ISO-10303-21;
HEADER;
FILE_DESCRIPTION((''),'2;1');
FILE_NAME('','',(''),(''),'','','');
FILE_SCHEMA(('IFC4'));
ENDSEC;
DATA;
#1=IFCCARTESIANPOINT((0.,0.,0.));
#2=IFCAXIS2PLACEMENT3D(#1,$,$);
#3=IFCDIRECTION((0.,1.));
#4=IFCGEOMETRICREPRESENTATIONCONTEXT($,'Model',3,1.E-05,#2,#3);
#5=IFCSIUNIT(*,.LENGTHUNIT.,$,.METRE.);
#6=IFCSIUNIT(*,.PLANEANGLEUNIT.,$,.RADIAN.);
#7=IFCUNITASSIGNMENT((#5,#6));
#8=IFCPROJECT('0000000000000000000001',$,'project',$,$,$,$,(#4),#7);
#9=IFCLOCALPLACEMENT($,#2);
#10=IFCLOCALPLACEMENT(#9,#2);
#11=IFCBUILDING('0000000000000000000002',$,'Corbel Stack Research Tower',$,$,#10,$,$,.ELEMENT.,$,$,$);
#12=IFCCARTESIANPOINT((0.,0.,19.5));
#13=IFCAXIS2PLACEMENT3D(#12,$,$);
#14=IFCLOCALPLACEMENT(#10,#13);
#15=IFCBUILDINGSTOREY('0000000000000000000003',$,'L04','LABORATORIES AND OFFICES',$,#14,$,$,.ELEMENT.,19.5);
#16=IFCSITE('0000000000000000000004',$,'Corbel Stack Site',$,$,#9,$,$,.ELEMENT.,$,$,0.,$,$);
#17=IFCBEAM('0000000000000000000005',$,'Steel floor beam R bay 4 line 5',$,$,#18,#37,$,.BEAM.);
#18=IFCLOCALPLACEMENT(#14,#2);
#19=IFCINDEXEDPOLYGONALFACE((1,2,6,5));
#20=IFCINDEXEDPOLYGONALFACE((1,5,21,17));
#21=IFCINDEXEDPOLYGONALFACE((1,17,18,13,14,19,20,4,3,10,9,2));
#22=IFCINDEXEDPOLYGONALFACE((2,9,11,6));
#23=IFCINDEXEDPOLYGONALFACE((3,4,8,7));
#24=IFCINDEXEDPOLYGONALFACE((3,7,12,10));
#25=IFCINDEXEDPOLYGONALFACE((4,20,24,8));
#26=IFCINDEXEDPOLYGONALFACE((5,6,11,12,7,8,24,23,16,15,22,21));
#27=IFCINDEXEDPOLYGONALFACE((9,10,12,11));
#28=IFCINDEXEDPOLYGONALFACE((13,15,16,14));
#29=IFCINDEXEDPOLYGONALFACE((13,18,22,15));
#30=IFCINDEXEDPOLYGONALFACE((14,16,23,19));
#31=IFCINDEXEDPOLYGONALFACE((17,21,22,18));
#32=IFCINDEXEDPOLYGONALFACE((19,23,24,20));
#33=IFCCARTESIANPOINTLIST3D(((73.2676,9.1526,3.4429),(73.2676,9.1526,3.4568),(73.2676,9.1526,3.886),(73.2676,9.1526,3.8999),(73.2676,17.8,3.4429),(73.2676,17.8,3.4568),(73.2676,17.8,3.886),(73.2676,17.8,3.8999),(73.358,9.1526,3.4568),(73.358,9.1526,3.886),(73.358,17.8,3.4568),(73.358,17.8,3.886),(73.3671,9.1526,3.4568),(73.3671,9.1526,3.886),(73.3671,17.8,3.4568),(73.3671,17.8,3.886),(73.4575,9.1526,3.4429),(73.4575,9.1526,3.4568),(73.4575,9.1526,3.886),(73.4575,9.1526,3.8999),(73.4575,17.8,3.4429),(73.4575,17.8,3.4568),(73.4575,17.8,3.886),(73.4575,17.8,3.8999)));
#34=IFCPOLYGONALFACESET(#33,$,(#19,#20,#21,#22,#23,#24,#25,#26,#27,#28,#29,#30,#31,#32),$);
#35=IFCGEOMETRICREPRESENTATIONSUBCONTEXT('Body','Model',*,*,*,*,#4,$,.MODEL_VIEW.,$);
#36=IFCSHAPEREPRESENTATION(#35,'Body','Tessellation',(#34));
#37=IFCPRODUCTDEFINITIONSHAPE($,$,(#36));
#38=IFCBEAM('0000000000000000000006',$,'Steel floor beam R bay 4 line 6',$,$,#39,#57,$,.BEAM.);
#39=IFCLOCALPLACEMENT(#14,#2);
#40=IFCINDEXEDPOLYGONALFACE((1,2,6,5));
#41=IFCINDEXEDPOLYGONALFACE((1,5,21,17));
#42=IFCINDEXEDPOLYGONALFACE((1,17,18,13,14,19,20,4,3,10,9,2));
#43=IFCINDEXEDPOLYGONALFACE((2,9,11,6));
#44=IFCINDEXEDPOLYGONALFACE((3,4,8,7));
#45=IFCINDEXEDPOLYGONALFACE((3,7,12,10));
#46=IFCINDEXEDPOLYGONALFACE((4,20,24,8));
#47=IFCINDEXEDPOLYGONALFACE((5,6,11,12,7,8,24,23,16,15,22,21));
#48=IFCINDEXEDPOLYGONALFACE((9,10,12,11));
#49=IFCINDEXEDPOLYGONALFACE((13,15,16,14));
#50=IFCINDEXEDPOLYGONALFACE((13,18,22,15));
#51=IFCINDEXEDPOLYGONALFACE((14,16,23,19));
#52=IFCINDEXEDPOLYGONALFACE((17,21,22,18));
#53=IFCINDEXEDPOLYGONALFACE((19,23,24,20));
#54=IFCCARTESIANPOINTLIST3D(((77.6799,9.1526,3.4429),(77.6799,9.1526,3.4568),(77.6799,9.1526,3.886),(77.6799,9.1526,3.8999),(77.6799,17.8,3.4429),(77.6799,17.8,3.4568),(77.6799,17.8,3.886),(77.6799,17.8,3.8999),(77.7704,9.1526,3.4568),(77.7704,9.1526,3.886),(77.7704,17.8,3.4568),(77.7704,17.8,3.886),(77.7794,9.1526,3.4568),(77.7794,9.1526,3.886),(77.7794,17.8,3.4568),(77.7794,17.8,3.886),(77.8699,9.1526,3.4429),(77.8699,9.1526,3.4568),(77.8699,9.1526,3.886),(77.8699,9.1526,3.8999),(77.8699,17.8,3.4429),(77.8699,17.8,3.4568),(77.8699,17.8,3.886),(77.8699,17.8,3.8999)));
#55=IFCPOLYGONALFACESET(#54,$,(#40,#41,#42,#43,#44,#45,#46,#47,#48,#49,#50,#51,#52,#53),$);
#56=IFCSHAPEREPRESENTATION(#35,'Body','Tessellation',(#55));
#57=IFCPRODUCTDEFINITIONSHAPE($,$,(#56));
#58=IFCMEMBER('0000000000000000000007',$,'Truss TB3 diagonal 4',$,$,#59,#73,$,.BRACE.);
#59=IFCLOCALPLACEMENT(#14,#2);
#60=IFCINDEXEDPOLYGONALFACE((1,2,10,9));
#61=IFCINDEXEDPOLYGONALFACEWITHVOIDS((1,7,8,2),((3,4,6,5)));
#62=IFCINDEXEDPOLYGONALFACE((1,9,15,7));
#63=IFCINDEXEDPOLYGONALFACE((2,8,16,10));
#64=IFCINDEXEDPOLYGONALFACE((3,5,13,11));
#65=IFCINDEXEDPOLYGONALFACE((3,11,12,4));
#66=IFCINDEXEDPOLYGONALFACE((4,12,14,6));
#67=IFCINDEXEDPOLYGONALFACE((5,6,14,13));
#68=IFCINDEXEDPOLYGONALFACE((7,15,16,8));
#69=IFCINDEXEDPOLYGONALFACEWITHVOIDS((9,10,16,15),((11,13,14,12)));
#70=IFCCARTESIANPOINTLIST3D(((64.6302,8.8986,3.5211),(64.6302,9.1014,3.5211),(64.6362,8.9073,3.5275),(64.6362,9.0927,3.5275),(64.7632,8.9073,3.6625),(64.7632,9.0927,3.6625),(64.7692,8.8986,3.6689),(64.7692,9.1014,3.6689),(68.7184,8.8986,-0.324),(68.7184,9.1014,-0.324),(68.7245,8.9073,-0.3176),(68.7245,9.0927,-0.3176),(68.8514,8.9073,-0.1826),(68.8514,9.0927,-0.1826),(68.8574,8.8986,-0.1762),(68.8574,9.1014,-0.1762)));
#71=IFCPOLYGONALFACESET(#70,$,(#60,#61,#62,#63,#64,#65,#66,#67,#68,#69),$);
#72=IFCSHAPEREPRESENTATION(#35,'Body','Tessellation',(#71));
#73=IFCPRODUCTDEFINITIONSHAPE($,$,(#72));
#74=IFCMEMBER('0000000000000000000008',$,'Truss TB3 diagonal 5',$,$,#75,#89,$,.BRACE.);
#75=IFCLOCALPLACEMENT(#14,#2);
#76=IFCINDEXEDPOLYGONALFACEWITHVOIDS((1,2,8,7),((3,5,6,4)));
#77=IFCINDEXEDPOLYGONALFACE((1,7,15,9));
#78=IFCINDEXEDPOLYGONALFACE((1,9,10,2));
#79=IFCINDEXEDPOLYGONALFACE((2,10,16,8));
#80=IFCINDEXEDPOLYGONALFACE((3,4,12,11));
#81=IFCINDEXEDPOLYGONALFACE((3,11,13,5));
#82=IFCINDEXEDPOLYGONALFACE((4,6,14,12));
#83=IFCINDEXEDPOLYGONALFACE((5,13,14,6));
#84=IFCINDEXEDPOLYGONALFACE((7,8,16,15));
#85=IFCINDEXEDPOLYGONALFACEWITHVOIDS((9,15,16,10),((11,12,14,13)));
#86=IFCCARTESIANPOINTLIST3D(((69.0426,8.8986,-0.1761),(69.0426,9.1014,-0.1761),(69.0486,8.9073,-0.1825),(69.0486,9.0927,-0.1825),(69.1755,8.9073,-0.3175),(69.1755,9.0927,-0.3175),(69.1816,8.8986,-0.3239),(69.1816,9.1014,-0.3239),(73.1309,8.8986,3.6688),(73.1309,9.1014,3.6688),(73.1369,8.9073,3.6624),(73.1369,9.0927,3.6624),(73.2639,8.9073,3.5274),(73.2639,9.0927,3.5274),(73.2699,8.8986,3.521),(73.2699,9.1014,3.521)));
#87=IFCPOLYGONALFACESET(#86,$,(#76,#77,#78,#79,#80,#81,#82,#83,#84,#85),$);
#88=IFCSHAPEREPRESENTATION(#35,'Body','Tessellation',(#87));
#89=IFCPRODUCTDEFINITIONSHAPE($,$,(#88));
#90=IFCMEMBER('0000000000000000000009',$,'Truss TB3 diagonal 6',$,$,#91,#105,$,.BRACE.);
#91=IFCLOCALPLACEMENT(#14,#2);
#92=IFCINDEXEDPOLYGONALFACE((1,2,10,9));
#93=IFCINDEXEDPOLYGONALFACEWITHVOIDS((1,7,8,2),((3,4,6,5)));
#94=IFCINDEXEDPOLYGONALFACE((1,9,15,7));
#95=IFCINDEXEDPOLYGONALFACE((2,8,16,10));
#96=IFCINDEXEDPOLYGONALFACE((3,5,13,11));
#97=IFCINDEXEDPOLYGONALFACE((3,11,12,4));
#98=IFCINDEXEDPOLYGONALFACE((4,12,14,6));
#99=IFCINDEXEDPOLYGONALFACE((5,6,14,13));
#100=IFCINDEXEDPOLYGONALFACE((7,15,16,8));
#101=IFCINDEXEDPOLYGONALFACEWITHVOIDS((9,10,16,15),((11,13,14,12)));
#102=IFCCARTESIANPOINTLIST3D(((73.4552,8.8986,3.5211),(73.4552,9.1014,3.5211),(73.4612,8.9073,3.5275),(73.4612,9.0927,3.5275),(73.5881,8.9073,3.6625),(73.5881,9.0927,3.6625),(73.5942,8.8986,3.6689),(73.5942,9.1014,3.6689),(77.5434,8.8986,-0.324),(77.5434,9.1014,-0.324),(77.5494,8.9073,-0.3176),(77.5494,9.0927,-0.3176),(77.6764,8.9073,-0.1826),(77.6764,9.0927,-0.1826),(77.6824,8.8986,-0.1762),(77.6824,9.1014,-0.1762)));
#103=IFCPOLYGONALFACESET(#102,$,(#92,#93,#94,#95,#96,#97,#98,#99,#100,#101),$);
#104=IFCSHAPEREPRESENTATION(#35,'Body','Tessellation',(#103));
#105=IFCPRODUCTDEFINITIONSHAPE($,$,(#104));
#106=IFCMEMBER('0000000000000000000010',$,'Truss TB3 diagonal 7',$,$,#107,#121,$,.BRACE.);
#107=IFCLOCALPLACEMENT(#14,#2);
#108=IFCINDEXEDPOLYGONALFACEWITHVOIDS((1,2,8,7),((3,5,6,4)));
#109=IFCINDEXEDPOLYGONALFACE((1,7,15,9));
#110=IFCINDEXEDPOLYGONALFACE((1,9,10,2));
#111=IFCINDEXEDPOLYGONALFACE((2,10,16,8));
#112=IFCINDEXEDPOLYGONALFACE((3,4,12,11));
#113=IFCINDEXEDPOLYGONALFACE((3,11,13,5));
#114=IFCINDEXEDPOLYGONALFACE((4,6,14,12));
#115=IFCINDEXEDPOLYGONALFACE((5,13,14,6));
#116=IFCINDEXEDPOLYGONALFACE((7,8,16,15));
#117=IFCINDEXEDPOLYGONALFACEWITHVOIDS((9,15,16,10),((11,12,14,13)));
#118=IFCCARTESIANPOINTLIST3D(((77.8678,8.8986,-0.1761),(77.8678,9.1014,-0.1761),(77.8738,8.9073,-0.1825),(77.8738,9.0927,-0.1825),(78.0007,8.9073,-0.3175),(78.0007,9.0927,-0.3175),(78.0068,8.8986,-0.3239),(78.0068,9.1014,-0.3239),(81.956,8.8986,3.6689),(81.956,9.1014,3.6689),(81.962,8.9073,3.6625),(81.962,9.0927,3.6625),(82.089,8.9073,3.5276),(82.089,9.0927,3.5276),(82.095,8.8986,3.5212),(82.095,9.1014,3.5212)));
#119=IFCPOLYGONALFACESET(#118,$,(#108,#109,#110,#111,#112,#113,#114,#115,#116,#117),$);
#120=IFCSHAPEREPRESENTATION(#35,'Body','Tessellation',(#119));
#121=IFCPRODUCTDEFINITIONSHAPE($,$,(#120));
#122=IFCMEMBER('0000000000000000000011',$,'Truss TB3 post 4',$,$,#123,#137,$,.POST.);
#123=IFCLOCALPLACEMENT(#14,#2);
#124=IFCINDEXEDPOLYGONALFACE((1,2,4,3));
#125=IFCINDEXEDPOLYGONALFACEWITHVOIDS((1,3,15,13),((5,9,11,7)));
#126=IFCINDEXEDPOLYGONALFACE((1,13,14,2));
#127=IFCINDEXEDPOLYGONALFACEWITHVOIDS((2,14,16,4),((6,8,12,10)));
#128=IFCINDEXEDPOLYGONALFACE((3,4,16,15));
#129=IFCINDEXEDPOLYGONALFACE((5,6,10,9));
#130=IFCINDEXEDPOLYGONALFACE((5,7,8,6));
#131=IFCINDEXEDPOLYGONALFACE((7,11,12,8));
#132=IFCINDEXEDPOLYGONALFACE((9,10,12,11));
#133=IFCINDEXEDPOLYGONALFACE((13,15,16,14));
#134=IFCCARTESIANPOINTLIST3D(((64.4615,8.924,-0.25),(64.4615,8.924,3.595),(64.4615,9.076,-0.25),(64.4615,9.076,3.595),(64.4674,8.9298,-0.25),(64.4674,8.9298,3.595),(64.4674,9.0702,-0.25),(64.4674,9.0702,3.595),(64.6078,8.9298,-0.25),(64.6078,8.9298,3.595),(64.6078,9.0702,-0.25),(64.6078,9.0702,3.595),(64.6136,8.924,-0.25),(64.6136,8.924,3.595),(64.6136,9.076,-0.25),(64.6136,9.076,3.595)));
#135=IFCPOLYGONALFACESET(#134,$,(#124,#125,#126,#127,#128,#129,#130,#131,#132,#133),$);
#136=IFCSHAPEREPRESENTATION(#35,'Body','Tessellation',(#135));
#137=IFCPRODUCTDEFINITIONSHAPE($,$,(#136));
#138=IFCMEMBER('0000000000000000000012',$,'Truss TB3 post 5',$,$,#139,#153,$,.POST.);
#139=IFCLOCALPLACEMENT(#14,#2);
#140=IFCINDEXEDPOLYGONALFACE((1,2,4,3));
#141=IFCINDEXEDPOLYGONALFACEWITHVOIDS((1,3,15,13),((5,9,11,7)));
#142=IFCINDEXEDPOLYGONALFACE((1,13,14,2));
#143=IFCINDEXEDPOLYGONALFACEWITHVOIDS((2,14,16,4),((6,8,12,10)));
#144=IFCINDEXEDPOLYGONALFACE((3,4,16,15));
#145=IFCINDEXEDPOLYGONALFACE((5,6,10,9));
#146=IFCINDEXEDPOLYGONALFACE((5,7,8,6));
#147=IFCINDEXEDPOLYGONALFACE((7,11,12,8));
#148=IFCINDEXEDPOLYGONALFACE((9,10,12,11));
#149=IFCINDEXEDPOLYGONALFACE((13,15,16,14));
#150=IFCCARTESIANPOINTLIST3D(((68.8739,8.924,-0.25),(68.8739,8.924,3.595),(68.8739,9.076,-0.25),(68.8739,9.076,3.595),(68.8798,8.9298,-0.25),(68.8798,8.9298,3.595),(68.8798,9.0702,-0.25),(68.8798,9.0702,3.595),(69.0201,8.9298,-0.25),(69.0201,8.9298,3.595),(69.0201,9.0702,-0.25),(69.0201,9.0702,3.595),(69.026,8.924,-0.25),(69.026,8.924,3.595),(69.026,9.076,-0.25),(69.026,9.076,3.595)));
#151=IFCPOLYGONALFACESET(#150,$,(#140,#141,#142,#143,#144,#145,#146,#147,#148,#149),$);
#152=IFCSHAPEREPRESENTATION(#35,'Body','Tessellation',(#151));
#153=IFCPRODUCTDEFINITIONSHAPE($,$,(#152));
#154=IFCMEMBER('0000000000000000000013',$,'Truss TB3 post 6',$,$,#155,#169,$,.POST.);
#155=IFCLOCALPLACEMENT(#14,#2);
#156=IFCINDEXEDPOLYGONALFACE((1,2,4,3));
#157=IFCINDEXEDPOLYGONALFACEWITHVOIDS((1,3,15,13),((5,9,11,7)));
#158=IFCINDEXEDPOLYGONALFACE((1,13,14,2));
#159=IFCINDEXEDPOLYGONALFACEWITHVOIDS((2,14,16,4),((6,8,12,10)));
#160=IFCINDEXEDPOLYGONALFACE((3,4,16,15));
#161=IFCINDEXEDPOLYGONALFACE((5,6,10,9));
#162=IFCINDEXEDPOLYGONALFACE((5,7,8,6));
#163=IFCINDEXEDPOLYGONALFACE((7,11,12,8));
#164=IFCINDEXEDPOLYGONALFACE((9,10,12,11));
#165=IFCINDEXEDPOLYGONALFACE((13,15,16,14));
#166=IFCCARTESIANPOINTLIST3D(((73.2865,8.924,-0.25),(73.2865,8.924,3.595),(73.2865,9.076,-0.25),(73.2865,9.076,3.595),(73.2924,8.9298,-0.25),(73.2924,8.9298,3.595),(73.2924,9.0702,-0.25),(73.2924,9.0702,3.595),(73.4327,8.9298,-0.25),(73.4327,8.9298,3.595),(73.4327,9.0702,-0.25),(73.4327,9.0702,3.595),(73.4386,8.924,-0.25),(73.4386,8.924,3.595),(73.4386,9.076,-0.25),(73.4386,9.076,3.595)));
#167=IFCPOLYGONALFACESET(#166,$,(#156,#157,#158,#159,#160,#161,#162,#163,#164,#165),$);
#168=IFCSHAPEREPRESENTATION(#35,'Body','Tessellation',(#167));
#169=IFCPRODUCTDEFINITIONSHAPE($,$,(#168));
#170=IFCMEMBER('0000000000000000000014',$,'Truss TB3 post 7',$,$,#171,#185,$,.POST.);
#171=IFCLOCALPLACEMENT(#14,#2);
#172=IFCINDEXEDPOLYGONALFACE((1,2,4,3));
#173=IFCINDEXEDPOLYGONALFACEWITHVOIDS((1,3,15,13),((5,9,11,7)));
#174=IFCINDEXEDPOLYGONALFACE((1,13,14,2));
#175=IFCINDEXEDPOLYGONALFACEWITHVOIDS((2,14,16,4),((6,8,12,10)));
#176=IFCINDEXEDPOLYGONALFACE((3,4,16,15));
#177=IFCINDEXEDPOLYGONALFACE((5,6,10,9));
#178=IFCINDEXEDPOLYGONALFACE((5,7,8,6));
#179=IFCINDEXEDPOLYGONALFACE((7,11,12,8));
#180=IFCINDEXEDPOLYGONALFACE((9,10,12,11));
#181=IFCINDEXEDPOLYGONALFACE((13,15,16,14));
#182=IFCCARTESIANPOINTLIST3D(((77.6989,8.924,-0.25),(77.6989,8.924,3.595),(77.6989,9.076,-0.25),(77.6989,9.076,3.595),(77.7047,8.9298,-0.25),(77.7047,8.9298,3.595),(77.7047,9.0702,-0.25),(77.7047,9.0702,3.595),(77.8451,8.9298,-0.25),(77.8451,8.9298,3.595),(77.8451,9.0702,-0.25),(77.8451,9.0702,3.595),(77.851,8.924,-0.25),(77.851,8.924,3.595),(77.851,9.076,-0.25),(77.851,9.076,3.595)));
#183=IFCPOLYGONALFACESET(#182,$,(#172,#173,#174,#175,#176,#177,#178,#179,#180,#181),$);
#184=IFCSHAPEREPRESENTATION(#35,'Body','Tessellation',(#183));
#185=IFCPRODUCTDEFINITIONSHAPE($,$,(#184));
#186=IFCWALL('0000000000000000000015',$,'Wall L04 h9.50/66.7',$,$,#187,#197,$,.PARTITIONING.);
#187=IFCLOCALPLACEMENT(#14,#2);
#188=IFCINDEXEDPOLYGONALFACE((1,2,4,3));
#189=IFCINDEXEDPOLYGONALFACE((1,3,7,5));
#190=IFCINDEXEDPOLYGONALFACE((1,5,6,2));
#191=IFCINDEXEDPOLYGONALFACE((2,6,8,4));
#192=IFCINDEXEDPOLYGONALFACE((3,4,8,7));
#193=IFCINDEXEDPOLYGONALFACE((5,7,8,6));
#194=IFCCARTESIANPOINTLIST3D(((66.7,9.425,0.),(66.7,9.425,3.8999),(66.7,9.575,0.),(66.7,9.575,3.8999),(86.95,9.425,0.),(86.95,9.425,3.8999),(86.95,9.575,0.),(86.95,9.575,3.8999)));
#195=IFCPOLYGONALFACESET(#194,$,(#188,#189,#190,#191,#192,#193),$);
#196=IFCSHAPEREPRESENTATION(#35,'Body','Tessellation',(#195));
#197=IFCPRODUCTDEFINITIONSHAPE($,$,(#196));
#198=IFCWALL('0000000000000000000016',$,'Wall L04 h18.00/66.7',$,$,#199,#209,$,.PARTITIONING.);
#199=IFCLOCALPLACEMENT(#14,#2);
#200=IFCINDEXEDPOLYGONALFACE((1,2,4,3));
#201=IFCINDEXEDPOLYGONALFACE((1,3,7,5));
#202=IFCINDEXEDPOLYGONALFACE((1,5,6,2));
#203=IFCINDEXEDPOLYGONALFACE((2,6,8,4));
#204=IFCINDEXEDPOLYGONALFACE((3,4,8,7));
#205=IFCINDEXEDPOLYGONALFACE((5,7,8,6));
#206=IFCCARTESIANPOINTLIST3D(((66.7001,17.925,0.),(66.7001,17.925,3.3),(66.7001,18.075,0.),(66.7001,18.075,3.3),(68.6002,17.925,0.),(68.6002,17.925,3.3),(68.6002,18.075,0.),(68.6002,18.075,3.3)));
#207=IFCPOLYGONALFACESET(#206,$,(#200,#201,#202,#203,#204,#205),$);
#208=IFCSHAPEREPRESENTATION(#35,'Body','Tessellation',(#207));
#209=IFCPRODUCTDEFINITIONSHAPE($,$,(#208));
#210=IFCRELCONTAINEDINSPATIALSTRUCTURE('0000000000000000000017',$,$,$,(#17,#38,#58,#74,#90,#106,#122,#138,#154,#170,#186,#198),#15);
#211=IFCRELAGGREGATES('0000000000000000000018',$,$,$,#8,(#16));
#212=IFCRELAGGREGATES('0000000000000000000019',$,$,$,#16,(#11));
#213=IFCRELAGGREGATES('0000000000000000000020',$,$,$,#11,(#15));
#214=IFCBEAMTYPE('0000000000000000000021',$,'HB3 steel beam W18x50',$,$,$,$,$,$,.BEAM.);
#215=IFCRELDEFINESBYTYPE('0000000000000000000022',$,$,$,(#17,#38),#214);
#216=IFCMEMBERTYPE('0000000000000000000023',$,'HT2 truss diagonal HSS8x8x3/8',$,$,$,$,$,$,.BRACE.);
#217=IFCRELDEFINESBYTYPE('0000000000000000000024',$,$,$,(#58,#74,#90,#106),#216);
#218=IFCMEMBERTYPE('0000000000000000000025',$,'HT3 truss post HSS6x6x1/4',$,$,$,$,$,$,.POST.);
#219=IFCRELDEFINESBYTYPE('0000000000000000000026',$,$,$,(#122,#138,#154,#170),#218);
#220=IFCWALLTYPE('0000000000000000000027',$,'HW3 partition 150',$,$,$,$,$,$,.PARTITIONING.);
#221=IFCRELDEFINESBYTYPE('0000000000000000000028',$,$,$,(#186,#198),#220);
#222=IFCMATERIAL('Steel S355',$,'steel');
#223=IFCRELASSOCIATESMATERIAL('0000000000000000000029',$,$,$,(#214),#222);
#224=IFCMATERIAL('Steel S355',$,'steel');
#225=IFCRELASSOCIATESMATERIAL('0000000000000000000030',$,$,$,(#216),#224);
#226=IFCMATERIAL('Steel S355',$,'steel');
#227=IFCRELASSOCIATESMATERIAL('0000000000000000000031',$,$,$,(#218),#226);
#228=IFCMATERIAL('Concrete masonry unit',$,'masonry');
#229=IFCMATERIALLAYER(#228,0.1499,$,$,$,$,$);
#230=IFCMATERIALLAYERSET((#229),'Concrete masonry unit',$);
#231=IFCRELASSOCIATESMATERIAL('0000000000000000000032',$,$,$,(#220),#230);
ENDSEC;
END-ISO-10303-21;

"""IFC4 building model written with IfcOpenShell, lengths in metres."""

from ifc_helpers import new_model, si_unit, direction, frame, frame_2d, origin, origin_2d, place, context, subcontext, project, spatial, rectangle, hollow_rectangle, i_section, extrude, material, layer, layer_set, material_profile, profile_set, type_object, element, save


model = new_model("IFC4")

# Units and contexts
model_context = context("Model", 3, precision=1e-05, world=origin(), true_north=direction((0.0, 1.0)))
body_context = subcontext(model_context, "Body", "Model", "MODEL_VIEW")
ifc_project = project(units=[si_unit("LENGTHUNIT", "METRE"), si_unit("PLANEANGLEUNIT", "RADIAN")], contexts=[model_context])

# Site, building, storey
site_placement = place(None, origin())
site = spatial("IfcSite", under=ifc_project, at=site_placement, Name="Corbel Stack Site", CompositionType="ELEMENT", RefElevation=0.0)
building_placement = place(site_placement, origin())
building = spatial("IfcBuilding", under=site, at=building_placement, Name="Corbel Stack Research Tower", CompositionType="ELEMENT")
storey_placement = place(building_placement, frame((0.0, 0.0, 19.5)))
storey = spatial("IfcBuildingStorey", under=building, at=storey_placement, Name="L04", Description="LABORATORIES AND OFFICES", CompositionType="ELEMENT", Elevation=19.5)

# Beams
ifc_material_1 = material(Name="Steel S355", Category="steel")
ifc_material_profile_1 = material_profile(ifc_material_1, i_section(OverallWidth=0.1899, OverallDepth=0.457, WebThickness=0.009, FlangeThickness=0.0139, at=origin_2d()), Name="W18x50")
ifc_profile_set_1 = profile_set([ifc_material_profile_1], Name="Steel S355")
beam_type_1 = type_object("IfcBeamType", Name="HB3 steel beam W18x50", PredefinedType="BEAM", material=ifc_profile_set_1)
for number, where, z_axis, x_axis, name in (
    (1, (73.3625, 9.1526, 3.6714), (0.0, 1.0, 0.0), (-1.0, 0.0, 0.0), "Steel floor beam R bay 4 line 5"),
    (2, (77.7749, 9.1526, 3.6714), (0.0, 1.0, 0.0), (-1.0, 0.0, 0.0), "Steel floor beam R bay 4 line 6"),
):
    element("IfcBeam", number, at=place(storey_placement, frame(where, z_axis=z_axis, x_axis=x_axis)), inside=storey, type_object=beam_type_1, Name=name, PredefinedType="BEAM", context=body_context, shape_type="SweptSolid", body=[
        extrude(i_section(OverallWidth=0.1899, OverallDepth=0.457, WebThickness=0.009, FlangeThickness=0.0139, at=origin_2d()), origin(), (0.0, 0.0, 1.0), 8.6475),
    ])

# Members
ifc_material_2 = material(Name="Steel S355", Category="steel")
ifc_material_profile_2 = material_profile(ifc_material_2, hollow_rectangle(XDim=0.2029, YDim=0.2029, WallThickness=0.0088, at=origin_2d()), Name="HSS8x8x3/8")
ifc_profile_set_2 = profile_set([ifc_material_profile_2], Name="Steel S355")
member_type_1 = type_object("IfcMemberType", Name="HT2 truss diagonal HSS8x8x3/8", PredefinedType="BRACE", material=ifc_profile_set_2)
for number, where, z_axis, x_axis, name in (
    (3, (64.6997, 9.0, 3.595), (0.728439, 0.0, -0.685111), (0.0, 1.0, 0.0), "Truss TB3 diagonal 4"),
    (4, (69.1121, 9.0, -0.25), (0.728459, 0.0, 0.685089), (0.0, 1.0, 0.0), "Truss TB3 diagonal 5"),
    (5, (73.5247, 9.0, 3.595), (0.728439, 0.0, -0.685111), (0.0, 1.0, 0.0), "Truss TB3 diagonal 6"),
    (6, (77.9373, 9.0, -0.25), (0.728439, 0.0, 0.685111), (0.0, 1.0, 0.0), "Truss TB3 diagonal 7"),
):
    element("IfcMember", number, at=place(storey_placement, frame(where, z_axis=z_axis, x_axis=x_axis)), inside=storey, type_object=member_type_1, Name=name, PredefinedType="BRACE", context=body_context, shape_type="SweptSolid", body=[
        extrude(hollow_rectangle(XDim=0.2029, YDim=0.2029, WallThickness=0.0088, at=origin_2d()), origin(), (0.0, 0.0, 1.0), 5.6123),
    ])
ifc_material_3 = material(Name="Steel S355", Category="steel")
ifc_material_profile_3 = material_profile(ifc_material_3, hollow_rectangle(XDim=0.1521, YDim=0.1521, WallThickness=0.0059, at=origin_2d()), Name="HSS6x6x1/4")
ifc_profile_set_3 = profile_set([ifc_material_profile_3], Name="Steel S355")
member_type_2 = type_object("IfcMemberType", Name="HT3 truss post HSS6x6x1/4", PredefinedType="POST", material=ifc_profile_set_3)
for number, where, z_axis, x_axis, name in (
    (7, (64.5376, 9.0, -0.25), (0.0, 0.0, 1.0), (1.0, 0.0, 0.0), "Truss TB3 post 4"),
    (8, (68.95, 9.0, -0.25), (0.0, 0.0, 1.0), (1.0, 0.0, 0.0), "Truss TB3 post 5"),
    (9, (73.3625, 9.0, -0.25), (0.0, 0.0, 1.0), (1.0, 0.0, 0.0), "Truss TB3 post 6"),
    (10, (77.7749, 9.0, -0.25), (0.0, 0.0, 1.0), (1.0, 0.0, 0.0), "Truss TB3 post 7"),
):
    element("IfcMember", number, at=place(storey_placement, frame(where, z_axis=z_axis, x_axis=x_axis)), inside=storey, type_object=member_type_2, Name=name, PredefinedType="POST", context=body_context, shape_type="SweptSolid", body=[
        extrude(hollow_rectangle(XDim=0.1521, YDim=0.1521, WallThickness=0.0059, at=origin_2d()), origin(), (0.0, 0.0, 1.0), 3.845),
    ])

# Walls
ifc_material_4 = material(Name="Concrete masonry unit", Category="masonry")
ifc_layer = layer(ifc_material_4, 0.1499)
ifc_layer_set = layer_set([ifc_layer], Name="Concrete masonry unit")
wall_type = type_object("IfcWallType", Name="HW3 partition 150", PredefinedType="PARTITIONING", material=ifc_layer_set)
wall_1_placement = place(storey_placement, frame((66.7, 9.5, 0.0), z_axis=(0.0, 0.0, 1.0), x_axis=(1.0, 0.0, 0.0)))
element("IfcWall", 11, at=wall_1_placement, inside=storey, type_object=wall_type, Name="Wall L04 h9.50/66.7", PredefinedType="PARTITIONING", context=body_context, shape_type="SweptSolid", body=[
    extrude(rectangle(XDim=20.25, YDim=0.1499, at=frame_2d((10.125, 0.0))), origin(), (0.0, 0.0, 1.0), 3.8999),
])
wall_2_placement = place(storey_placement, frame((66.7, 18.0, 0.0), z_axis=(0.0, 0.0, 1.0), x_axis=(1.0, 0.0, 0.0)))
element("IfcWall", 12, at=wall_2_placement, inside=storey, type_object=wall_type, Name="Wall L04 h18.00/66.7", PredefinedType="PARTITIONING", context=body_context, shape_type="SweptSolid", body=[
    extrude(rectangle(XDim=1.9001, YDim=0.1499, at=frame_2d((0.9502, 0.0))), origin(), (0.0, 0.0, 1.0), 3.3),
])

save(model, "model.ifc")
